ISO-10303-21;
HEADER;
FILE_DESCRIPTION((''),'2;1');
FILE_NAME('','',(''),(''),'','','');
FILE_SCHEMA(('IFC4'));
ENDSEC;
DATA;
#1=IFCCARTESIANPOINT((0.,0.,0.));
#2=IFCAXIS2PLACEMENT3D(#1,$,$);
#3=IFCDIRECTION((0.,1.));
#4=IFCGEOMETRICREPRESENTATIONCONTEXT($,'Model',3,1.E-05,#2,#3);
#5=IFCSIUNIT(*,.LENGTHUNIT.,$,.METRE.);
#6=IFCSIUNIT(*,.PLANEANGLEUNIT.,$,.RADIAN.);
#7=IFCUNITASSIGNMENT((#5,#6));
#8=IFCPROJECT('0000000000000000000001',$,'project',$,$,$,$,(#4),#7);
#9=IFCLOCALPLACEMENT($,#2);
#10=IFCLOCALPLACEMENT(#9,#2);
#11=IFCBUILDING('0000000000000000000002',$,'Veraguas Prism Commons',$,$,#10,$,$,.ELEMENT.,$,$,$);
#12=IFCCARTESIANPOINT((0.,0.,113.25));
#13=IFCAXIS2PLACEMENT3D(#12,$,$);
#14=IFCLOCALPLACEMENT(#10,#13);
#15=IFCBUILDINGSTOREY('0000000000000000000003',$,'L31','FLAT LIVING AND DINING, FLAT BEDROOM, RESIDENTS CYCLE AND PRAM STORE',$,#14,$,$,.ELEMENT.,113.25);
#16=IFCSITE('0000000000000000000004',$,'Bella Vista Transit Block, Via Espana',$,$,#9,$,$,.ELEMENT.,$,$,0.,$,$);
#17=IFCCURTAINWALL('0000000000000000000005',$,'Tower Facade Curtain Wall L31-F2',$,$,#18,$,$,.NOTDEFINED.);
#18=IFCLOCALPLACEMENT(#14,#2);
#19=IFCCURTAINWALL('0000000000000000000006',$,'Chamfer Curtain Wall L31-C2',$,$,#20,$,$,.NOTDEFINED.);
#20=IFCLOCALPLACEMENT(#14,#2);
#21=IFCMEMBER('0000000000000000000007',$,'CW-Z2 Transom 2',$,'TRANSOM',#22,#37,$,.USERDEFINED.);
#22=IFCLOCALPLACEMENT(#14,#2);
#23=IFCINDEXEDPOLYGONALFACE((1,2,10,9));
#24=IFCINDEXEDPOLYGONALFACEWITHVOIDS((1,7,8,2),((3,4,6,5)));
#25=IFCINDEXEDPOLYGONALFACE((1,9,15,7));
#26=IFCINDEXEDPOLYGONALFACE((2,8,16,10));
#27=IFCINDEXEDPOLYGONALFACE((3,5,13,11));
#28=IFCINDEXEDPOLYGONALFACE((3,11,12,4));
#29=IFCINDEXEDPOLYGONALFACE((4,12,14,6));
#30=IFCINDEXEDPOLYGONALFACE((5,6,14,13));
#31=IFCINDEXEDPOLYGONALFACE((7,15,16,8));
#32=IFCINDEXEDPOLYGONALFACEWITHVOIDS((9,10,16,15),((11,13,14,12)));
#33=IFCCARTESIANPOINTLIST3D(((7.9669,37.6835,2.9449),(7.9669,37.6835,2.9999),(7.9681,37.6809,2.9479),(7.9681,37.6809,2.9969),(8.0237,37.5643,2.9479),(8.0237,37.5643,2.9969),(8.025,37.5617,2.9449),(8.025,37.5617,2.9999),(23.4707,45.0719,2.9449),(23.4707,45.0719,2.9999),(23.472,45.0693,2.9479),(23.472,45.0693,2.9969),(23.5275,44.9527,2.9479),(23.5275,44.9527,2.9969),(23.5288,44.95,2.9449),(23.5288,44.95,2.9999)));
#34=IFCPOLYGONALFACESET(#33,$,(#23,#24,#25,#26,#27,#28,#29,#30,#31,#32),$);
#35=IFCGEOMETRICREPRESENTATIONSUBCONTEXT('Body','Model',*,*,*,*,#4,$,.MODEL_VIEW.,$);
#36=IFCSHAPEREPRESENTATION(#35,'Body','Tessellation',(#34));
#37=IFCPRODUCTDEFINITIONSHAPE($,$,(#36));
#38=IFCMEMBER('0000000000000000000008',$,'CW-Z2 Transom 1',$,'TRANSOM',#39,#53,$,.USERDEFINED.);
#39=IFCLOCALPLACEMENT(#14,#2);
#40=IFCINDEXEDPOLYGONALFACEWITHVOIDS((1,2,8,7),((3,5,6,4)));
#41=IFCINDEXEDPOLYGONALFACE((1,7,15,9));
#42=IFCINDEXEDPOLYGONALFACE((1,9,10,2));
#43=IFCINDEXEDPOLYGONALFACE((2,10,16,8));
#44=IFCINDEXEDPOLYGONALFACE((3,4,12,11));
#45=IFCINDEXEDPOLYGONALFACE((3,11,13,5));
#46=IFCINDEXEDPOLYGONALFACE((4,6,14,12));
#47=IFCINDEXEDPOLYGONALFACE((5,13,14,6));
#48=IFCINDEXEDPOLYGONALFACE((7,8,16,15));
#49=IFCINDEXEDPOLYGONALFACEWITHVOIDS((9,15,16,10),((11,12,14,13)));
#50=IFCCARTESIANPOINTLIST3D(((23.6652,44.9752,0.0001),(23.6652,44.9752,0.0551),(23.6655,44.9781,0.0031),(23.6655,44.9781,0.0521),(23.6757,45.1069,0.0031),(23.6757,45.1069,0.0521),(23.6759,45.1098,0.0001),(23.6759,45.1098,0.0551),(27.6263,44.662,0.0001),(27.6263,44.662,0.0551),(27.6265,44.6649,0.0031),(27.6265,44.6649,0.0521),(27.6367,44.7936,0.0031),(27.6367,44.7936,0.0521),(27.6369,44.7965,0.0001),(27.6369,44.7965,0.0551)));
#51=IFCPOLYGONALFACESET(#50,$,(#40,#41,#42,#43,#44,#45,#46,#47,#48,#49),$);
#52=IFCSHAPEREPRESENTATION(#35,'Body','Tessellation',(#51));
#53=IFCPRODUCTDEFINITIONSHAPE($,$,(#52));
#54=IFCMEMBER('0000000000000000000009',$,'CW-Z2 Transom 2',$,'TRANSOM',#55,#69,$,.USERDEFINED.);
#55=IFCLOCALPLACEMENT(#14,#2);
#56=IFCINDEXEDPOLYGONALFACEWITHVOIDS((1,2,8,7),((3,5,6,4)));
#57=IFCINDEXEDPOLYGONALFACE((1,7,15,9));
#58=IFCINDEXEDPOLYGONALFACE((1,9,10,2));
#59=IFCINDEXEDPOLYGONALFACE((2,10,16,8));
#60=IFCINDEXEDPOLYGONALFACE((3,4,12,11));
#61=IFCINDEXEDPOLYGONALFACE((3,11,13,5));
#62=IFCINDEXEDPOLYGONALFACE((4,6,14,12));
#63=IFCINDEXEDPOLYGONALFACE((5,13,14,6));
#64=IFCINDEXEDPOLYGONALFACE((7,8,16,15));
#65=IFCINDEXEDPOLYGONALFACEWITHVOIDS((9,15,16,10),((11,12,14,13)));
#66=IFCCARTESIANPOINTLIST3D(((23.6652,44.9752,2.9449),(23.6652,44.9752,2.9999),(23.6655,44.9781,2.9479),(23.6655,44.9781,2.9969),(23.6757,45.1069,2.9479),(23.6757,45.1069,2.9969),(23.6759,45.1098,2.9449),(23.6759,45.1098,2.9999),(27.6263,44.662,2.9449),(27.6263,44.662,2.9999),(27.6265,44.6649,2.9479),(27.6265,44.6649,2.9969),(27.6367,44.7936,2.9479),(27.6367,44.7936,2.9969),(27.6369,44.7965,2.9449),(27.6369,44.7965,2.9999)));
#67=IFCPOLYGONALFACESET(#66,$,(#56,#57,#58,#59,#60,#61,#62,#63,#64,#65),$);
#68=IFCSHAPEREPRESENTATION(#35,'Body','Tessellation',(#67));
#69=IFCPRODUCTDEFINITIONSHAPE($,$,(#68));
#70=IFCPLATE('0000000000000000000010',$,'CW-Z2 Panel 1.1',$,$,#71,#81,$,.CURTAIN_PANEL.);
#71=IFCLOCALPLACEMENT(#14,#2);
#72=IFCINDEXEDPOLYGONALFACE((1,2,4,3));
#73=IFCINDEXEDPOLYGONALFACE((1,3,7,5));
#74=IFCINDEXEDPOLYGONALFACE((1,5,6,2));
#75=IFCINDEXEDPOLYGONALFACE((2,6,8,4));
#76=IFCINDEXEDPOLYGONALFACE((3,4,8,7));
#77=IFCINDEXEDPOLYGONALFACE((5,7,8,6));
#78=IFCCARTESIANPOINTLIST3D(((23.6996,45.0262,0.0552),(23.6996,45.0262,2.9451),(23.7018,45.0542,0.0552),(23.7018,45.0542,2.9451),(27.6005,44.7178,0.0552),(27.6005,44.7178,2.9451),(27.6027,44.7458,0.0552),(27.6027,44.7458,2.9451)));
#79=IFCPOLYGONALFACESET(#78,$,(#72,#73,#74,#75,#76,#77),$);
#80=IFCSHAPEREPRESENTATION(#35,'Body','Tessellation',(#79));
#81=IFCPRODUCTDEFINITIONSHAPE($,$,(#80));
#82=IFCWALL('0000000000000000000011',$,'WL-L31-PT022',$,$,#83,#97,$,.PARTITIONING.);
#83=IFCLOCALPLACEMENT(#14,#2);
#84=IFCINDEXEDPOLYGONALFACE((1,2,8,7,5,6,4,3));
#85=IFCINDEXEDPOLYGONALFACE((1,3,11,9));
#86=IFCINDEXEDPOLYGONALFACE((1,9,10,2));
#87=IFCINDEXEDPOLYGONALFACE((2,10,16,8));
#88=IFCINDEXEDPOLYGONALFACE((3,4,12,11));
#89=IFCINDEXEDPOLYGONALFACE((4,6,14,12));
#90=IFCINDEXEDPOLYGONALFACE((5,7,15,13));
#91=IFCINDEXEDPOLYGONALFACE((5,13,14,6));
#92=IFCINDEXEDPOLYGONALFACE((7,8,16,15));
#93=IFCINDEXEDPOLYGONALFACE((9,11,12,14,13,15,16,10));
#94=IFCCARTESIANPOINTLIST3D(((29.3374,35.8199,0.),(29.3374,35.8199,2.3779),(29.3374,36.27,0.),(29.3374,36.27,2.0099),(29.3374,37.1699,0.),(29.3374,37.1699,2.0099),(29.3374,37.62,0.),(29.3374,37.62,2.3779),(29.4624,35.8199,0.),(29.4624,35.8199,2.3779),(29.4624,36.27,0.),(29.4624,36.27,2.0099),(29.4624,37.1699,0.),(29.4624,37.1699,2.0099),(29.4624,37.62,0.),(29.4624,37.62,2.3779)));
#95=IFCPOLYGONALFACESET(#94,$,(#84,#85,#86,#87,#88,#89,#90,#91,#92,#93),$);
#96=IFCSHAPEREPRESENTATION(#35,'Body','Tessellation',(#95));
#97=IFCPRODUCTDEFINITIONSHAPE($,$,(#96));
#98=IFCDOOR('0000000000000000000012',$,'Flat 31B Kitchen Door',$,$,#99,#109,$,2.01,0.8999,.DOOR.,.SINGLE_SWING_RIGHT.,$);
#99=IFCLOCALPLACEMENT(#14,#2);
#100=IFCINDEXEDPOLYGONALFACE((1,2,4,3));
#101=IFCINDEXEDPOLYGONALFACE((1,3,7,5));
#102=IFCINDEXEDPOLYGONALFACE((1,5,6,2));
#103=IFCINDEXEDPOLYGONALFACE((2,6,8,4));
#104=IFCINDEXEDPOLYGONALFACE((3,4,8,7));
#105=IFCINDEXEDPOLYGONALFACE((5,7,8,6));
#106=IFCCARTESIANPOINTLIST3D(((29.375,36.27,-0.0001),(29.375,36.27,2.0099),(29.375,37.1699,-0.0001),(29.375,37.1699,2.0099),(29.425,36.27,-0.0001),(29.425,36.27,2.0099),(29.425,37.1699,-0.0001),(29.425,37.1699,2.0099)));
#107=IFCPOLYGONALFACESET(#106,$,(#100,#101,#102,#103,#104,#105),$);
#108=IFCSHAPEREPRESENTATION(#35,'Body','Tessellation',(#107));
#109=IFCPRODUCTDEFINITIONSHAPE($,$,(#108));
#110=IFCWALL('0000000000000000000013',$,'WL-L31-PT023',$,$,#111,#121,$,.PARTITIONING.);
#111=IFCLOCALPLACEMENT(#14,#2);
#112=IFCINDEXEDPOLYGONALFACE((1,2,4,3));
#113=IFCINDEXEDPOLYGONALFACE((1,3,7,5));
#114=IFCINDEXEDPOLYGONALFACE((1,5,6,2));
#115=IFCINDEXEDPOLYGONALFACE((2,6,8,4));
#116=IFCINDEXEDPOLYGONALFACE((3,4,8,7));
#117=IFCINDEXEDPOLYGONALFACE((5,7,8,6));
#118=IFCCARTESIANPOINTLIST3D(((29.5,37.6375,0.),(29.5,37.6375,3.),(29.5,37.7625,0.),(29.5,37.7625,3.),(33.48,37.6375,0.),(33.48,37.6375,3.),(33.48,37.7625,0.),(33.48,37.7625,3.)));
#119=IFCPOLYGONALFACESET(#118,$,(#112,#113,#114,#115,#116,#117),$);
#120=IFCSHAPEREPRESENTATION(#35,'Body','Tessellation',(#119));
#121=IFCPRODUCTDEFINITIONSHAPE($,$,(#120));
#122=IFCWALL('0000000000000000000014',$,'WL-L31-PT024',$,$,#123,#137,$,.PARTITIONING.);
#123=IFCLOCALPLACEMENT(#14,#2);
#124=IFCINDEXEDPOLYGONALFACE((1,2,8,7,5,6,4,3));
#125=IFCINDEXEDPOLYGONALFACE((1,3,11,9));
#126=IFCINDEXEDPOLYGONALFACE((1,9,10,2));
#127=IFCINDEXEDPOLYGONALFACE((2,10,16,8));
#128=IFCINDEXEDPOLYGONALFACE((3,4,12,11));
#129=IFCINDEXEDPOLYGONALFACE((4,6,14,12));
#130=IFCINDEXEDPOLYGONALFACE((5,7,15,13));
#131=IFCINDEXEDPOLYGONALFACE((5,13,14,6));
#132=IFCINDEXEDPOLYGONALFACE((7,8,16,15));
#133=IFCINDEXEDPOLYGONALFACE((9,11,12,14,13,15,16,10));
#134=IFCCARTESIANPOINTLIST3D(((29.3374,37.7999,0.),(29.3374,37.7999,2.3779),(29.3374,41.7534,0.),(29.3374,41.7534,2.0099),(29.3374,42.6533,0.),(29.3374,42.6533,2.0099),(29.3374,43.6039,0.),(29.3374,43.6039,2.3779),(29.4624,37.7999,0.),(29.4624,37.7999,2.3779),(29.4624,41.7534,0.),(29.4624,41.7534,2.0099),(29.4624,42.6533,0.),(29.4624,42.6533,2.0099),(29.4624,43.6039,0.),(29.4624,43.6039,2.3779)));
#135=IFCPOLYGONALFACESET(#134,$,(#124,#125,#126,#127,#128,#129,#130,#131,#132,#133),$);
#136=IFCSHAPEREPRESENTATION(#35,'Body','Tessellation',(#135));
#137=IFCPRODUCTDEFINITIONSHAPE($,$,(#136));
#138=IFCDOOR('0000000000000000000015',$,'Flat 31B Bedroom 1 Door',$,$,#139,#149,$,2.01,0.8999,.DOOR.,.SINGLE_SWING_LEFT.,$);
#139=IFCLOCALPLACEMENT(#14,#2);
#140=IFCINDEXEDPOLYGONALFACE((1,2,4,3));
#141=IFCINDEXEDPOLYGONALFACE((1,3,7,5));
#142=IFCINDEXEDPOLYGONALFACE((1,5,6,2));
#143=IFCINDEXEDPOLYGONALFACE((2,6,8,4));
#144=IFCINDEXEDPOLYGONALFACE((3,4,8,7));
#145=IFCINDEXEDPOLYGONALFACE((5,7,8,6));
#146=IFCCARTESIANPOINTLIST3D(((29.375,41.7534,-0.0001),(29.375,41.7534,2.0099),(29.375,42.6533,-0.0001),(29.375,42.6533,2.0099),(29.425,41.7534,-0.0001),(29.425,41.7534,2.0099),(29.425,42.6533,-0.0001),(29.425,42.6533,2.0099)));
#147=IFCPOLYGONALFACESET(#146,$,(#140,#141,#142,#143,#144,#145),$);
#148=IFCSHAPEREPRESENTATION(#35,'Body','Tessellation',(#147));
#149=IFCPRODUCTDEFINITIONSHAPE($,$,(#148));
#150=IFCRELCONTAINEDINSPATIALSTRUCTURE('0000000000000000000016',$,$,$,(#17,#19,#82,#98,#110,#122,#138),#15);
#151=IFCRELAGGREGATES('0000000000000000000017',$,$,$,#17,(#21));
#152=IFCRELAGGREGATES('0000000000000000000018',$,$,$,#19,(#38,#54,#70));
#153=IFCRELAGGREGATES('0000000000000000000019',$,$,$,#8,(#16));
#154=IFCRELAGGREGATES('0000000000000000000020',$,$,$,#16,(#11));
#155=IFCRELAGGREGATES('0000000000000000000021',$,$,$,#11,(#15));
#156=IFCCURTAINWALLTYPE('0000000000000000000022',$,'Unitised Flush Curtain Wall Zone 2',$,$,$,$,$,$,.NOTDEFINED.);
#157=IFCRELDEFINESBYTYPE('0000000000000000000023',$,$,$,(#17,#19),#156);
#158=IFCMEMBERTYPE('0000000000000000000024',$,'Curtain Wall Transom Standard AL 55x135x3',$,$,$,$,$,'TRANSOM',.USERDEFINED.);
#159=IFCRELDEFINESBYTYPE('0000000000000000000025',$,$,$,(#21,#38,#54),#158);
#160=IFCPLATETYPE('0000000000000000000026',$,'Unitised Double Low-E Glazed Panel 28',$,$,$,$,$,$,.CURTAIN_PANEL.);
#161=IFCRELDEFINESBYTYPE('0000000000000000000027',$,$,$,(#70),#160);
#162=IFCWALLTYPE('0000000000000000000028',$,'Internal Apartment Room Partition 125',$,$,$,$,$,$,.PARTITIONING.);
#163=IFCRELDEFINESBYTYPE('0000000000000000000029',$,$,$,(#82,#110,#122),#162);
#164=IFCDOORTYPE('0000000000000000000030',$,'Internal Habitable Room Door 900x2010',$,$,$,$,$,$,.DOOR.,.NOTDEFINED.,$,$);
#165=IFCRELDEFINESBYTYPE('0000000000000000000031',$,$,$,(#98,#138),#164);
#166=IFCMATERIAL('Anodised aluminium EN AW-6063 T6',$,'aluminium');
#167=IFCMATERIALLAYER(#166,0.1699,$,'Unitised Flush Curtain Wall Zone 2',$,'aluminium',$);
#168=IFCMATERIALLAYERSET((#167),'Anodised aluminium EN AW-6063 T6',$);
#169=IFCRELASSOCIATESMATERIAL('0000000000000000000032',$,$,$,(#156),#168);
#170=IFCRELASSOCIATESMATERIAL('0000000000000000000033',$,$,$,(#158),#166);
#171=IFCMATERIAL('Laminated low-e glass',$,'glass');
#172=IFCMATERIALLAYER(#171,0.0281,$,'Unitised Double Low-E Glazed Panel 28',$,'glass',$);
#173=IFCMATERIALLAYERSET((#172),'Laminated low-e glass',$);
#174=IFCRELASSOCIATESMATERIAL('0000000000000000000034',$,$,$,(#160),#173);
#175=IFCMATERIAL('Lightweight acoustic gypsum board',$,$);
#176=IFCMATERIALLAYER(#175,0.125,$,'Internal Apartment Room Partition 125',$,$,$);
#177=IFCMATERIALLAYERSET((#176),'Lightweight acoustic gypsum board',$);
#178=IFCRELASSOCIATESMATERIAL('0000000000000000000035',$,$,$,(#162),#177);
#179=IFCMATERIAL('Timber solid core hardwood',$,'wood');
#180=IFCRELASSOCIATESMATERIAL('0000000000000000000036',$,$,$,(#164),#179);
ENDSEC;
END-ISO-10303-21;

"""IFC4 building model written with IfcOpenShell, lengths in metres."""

from ifc_helpers import new_model, si_unit, direction, frame, frame_2d, origin, origin_2d, place, context, subcontext, project, spatial, rectangle, hollow_rectangle, extrude, source, transform, mapped, material, layer, layer_set, material_profile, profile_set, type_object, element, fill, aggregate, save


model = new_model("IFC4")

# Units and contexts
model_context = context("Model", 3, precision=1e-05, world=origin(), true_north=direction((0.0, 1.0)))
body_context = subcontext(model_context, "Body", "Model", "MODEL_VIEW")
ifc_project = project(units=[si_unit("LENGTHUNIT", "METRE"), si_unit("PLANEANGLEUNIT", "RADIAN")], contexts=[model_context])

# Site, building, storey
site_placement = place(None, origin())
site = spatial("IfcSite", under=ifc_project, at=site_placement, Name="Bella Vista Transit Block, Via Espana", CompositionType="ELEMENT", RefElevation=0.0)
building_placement = place(site_placement, origin())
building = spatial("IfcBuilding", under=site, at=building_placement, Name="Veraguas Prism Commons", CompositionType="ELEMENT")
storey_placement = place(building_placement, frame((0.0, 0.0, 113.25)))
storey = spatial("IfcBuildingStorey", under=building, at=storey_placement, Name="L31", Description="FLAT LIVING AND DINING, FLAT BEDROOM, RESIDENTS CYCLE AND PRAM STORE", CompositionType="ELEMENT", Elevation=113.25)

# Curtain wall
ifc_material_1 = material(Name="Anodised aluminium EN AW-6063 T6", Category="aluminium")
ifc_layer_1 = layer(ifc_material_1, 0.1699, Name="Unitised Flush Curtain Wall Zone 2", Category="aluminium")
ifc_layer_set_1 = layer_set([ifc_layer_1], Name="Anodised aluminium EN AW-6063 T6")
curtain_wall_type = type_object("IfcCurtainWallType", Name="Unitised Flush Curtain Wall Zone 2", PredefinedType="NOTDEFINED", material=ifc_layer_set_1)
curtain_wall_1_placement = place(storey_placement, origin())
curtain_wall_1 = element("IfcCurtainWall", 1, at=curtain_wall_1_placement, inside=storey, type_object=curtain_wall_type, Name="Tower Facade Curtain Wall L31-F2", PredefinedType="NOTDEFINED")

# Curtain wall
curtain_wall_2_placement = place(storey_placement, origin())
curtain_wall_2 = element("IfcCurtainWall", 2, at=curtain_wall_2_placement, inside=storey, type_object=curtain_wall_type, Name="Chamfer Curtain Wall L31-C2", PredefinedType="NOTDEFINED")

# Members
ifc_material_profile_1 = material_profile(ifc_material_1, hollow_rectangle(XDim=0.0549, YDim=0.135, WallThickness=0.0029, at=origin_2d()), Name="AL55X135X3")
ifc_profile_set_1 = profile_set([ifc_material_profile_1], Name="Anodised aluminium EN AW-6063 T6")
member_type_1 = type_object("IfcMemberType", Name="Curtain Wall Transom Standard AL 55x135x3", ElementType="TRANSOM", PredefinedType="USERDEFINED", material=ifc_profile_set_1)
shared_shape_1 = source(origin(), body_context, "Body", "SweptSolid", [
    extrude(hollow_rectangle(XDim=0.0549, YDim=0.135, WallThickness=0.0029, at=origin_2d()), origin(), (0.0, 0.0, 1.0), 17.1743),
])
member_1_placement = place(storey_placement, frame((23.4998, 45.011, 2.9724), z_axis=(-0.902734, -0.4302, 0.0), x_axis=(0.0, 0.0, 1.0)))
member_1 = element("IfcMember", 3, at=member_1_placement, type_object=member_type_1, Name="CW-Z2 Transom 2", ObjectType="TRANSOM", PredefinedType="USERDEFINED", context=body_context, shape_type="MappedRepresentation", body=[
    mapped(shared_shape_1, transform((0.0, 0.0, 0.0), scale=1.0)),
])
aggregate(curtain_wall_1, [member_1])
shared_shape_2 = source(origin(), body_context, "Body", "SweptSolid", [
    extrude(hollow_rectangle(XDim=0.0549, YDim=0.135, WallThickness=0.0029, at=origin_2d()), origin(), (0.0, 0.0, 1.0), 3.9734),
])
member_2_placement = place(storey_placement, frame((27.6316, 44.7292, 0.0276), z_axis=(-0.996888, 0.078834, 0.0), x_axis=(0.0, 0.0, 1.0)))
member_2 = element("IfcMember", 4, at=member_2_placement, type_object=member_type_1, Name="CW-Z2 Transom 1", ObjectType="TRANSOM", PredefinedType="USERDEFINED", context=body_context, shape_type="MappedRepresentation", body=[
    mapped(shared_shape_2, transform((0.0, 0.0, 0.0), scale=1.0)),
])
member_3_placement = place(storey_placement, frame((27.6316, 44.7292, 2.9724), z_axis=(-0.996888, 0.078834, 0.0), x_axis=(0.0, 0.0, 1.0)))
member_3 = element("IfcMember", 5, at=member_3_placement, type_object=member_type_1, Name="CW-Z2 Transom 2", ObjectType="TRANSOM", PredefinedType="USERDEFINED", context=body_context, shape_type="MappedRepresentation", body=[
    mapped(shared_shape_2, transform((0.0, 0.0, 0.0), scale=1.0)),
])

# Plate
ifc_material_2 = material(Name="Laminated low-e glass", Category="glass")
ifc_layer_2 = layer(ifc_material_2, 0.0281, Name="Unitised Double Low-E Glazed Panel 28", Category="glass")
ifc_layer_set_2 = layer_set([ifc_layer_2], Name="Laminated low-e glass")
plate_type = type_object("IfcPlateType", Name="Unitised Double Low-E Glazed Panel 28", PredefinedType="CURTAIN_PANEL", material=ifc_layer_set_2)
shared_shape_3 = source(origin(), body_context, "Body", "SweptSolid", [
    extrude(rectangle(XDim=3.9131, YDim=0.0281, at=origin_2d()), origin(), (0.0, 0.0, 1.0), 2.8899),
])
plate_placement = place(storey_placement, frame((25.6511, 44.886, 0.0552), z_axis=(0.0, 0.0, 1.0), x_axis=(-0.996889, 0.078821, 0.0)))
plate = element("IfcPlate", 6, at=plate_placement, type_object=plate_type, Name="CW-Z2 Panel 1.1", PredefinedType="CURTAIN_PANEL", context=body_context, shape_type="MappedRepresentation", body=[
    mapped(shared_shape_3, transform((0.0, 0.0, 0.0), scale=1.0)),
])
aggregate(curtain_wall_2, [member_2, member_3, plate])

# Wall, opening, door
ifc_material_3 = material(Name="Lightweight acoustic gypsum board")
ifc_layer_3 = layer(ifc_material_3, 0.125, Name="Internal Apartment Room Partition 125")
ifc_layer_set_3 = layer_set([ifc_layer_3], Name="Lightweight acoustic gypsum board")
wall_type = type_object("IfcWallType", Name="Internal Apartment Room Partition 125", PredefinedType="PARTITIONING", material=ifc_layer_set_3)
wall_1_placement = place(storey_placement, frame((29.3999, 35.8201, 0.0), z_axis=(0.0, 0.0, 1.0), x_axis=(0.0, 1.0, 0.0)))
wall_1 = element("IfcWall", 7, at=wall_1_placement, inside=storey, type_object=wall_type, Name="WL-L31-PT022", PredefinedType="PARTITIONING", context=body_context, shape_type="SweptSolid", body=[
    extrude(rectangle(XDim=1.8, YDim=0.125, at=frame_2d((0.8999, 0.0))), origin(), (0.0, 0.0, 1.0), 2.3779),
])
opening_1_placement = place(wall_1_placement, frame((0.45, 0.0, 0.0)))
opening_1 = element("IfcOpeningElement", 8, at=opening_1_placement, cuts=wall_1, PredefinedType="OPENING", context=body_context, shape_type="SweptSolid", body=[
    extrude(rectangle(XDim=0.8999, YDim=2.01, at=frame_2d((0.45, 1.0049))), frame((0.0, 0.0725, 0.0), z_axis=(0.0, -1.0, 0.0), x_axis=(1.0, 0.0, 0.0)), (0.0, 0.0, 1.0), 0.145),
])
ifc_material_4 = material(Name="Timber solid core hardwood", Category="wood")
door_type = type_object("IfcDoorType", Name="Internal Habitable Room Door 900x2010", OperationType="NOTDEFINED", PredefinedType="DOOR", material=ifc_material_4)
shared_shape_4 = source(origin(), body_context, "Body", "SweptSolid", [
    extrude(rectangle(XDim=0.8999, YDim=2.01, at=frame_2d((0.45, 1.0049))), frame((0.0, 0.0249, 0.0), z_axis=(0.0, -1.0, 0.0), x_axis=(1.0, 0.0, 0.0)), (0.0, 0.0, 1.0), 0.05),
])
door_1_placement = place(opening_1_placement, origin())
door_1 = element("IfcDoor", 9, at=door_1_placement, inside=storey, type_object=door_type, Name="Flat 31B Kitchen Door", OperationType="SINGLE_SWING_RIGHT", OverallHeight=2.01, OverallWidth=0.8999, PredefinedType="DOOR", context=body_context, shape_type="MappedRepresentation", body=[
    mapped(shared_shape_4, transform((0.0, 0.0, 0.0), scale=1.0)),
])
fill(opening_1, door_1)

# Wall
wall_2_placement = place(storey_placement, frame((29.5, 37.7, 0.0), z_axis=(0.0, 0.0, 1.0), x_axis=(1.0, 0.0, 0.0)))
element("IfcWall", 10, at=wall_2_placement, inside=storey, type_object=wall_type, Name="WL-L31-PT023", PredefinedType="PARTITIONING", context=body_context, shape_type="SweptSolid", body=[
    extrude(rectangle(XDim=3.98, YDim=0.125, at=frame_2d((1.99, 0.0))), origin(), (0.0, 0.0, 1.0), 3.0),
])

# Wall, opening, door
wall_3_placement = place(storey_placement, frame((29.3999, 37.8, 0.0), z_axis=(0.0, 0.0, 1.0), x_axis=(0.0, 1.0, 0.0)))
wall_3 = element("IfcWall", 11, at=wall_3_placement, inside=storey, type_object=wall_type, Name="WL-L31-PT024", PredefinedType="PARTITIONING", context=body_context, shape_type="SweptSolid", body=[
    extrude(rectangle(XDim=5.804, YDim=0.125, at=frame_2d((2.9019, 0.0))), origin(), (0.0, 0.0, 1.0), 2.3779),
])
opening_2_placement = place(wall_3_placement, frame((3.9534, 0.0, 0.0)))
opening_2 = element("IfcOpeningElement", 12, at=opening_2_placement, cuts=wall_3, PredefinedType="OPENING", context=body_context, shape_type="SweptSolid", body=[
    extrude(rectangle(XDim=0.8999, YDim=2.01, at=frame_2d((0.45, 1.0049))), frame((0.0, 0.0725, 0.0), z_axis=(0.0, -1.0, 0.0), x_axis=(1.0, 0.0, 0.0)), (0.0, 0.0, 1.0), 0.145),
])
door_2_placement = place(opening_2_placement, origin())
door_2 = element("IfcDoor", 13, at=door_2_placement, inside=storey, type_object=door_type, Name="Flat 31B Bedroom 1 Door", OperationType="SINGLE_SWING_LEFT", OverallHeight=2.01, OverallWidth=0.8999, PredefinedType="DOOR", context=body_context, shape_type="MappedRepresentation", body=[
    mapped(shared_shape_4, transform((0.0, 0.0, 0.0), scale=1.0)),
])
fill(opening_2, door_2)

save(model, "model.ifc")
